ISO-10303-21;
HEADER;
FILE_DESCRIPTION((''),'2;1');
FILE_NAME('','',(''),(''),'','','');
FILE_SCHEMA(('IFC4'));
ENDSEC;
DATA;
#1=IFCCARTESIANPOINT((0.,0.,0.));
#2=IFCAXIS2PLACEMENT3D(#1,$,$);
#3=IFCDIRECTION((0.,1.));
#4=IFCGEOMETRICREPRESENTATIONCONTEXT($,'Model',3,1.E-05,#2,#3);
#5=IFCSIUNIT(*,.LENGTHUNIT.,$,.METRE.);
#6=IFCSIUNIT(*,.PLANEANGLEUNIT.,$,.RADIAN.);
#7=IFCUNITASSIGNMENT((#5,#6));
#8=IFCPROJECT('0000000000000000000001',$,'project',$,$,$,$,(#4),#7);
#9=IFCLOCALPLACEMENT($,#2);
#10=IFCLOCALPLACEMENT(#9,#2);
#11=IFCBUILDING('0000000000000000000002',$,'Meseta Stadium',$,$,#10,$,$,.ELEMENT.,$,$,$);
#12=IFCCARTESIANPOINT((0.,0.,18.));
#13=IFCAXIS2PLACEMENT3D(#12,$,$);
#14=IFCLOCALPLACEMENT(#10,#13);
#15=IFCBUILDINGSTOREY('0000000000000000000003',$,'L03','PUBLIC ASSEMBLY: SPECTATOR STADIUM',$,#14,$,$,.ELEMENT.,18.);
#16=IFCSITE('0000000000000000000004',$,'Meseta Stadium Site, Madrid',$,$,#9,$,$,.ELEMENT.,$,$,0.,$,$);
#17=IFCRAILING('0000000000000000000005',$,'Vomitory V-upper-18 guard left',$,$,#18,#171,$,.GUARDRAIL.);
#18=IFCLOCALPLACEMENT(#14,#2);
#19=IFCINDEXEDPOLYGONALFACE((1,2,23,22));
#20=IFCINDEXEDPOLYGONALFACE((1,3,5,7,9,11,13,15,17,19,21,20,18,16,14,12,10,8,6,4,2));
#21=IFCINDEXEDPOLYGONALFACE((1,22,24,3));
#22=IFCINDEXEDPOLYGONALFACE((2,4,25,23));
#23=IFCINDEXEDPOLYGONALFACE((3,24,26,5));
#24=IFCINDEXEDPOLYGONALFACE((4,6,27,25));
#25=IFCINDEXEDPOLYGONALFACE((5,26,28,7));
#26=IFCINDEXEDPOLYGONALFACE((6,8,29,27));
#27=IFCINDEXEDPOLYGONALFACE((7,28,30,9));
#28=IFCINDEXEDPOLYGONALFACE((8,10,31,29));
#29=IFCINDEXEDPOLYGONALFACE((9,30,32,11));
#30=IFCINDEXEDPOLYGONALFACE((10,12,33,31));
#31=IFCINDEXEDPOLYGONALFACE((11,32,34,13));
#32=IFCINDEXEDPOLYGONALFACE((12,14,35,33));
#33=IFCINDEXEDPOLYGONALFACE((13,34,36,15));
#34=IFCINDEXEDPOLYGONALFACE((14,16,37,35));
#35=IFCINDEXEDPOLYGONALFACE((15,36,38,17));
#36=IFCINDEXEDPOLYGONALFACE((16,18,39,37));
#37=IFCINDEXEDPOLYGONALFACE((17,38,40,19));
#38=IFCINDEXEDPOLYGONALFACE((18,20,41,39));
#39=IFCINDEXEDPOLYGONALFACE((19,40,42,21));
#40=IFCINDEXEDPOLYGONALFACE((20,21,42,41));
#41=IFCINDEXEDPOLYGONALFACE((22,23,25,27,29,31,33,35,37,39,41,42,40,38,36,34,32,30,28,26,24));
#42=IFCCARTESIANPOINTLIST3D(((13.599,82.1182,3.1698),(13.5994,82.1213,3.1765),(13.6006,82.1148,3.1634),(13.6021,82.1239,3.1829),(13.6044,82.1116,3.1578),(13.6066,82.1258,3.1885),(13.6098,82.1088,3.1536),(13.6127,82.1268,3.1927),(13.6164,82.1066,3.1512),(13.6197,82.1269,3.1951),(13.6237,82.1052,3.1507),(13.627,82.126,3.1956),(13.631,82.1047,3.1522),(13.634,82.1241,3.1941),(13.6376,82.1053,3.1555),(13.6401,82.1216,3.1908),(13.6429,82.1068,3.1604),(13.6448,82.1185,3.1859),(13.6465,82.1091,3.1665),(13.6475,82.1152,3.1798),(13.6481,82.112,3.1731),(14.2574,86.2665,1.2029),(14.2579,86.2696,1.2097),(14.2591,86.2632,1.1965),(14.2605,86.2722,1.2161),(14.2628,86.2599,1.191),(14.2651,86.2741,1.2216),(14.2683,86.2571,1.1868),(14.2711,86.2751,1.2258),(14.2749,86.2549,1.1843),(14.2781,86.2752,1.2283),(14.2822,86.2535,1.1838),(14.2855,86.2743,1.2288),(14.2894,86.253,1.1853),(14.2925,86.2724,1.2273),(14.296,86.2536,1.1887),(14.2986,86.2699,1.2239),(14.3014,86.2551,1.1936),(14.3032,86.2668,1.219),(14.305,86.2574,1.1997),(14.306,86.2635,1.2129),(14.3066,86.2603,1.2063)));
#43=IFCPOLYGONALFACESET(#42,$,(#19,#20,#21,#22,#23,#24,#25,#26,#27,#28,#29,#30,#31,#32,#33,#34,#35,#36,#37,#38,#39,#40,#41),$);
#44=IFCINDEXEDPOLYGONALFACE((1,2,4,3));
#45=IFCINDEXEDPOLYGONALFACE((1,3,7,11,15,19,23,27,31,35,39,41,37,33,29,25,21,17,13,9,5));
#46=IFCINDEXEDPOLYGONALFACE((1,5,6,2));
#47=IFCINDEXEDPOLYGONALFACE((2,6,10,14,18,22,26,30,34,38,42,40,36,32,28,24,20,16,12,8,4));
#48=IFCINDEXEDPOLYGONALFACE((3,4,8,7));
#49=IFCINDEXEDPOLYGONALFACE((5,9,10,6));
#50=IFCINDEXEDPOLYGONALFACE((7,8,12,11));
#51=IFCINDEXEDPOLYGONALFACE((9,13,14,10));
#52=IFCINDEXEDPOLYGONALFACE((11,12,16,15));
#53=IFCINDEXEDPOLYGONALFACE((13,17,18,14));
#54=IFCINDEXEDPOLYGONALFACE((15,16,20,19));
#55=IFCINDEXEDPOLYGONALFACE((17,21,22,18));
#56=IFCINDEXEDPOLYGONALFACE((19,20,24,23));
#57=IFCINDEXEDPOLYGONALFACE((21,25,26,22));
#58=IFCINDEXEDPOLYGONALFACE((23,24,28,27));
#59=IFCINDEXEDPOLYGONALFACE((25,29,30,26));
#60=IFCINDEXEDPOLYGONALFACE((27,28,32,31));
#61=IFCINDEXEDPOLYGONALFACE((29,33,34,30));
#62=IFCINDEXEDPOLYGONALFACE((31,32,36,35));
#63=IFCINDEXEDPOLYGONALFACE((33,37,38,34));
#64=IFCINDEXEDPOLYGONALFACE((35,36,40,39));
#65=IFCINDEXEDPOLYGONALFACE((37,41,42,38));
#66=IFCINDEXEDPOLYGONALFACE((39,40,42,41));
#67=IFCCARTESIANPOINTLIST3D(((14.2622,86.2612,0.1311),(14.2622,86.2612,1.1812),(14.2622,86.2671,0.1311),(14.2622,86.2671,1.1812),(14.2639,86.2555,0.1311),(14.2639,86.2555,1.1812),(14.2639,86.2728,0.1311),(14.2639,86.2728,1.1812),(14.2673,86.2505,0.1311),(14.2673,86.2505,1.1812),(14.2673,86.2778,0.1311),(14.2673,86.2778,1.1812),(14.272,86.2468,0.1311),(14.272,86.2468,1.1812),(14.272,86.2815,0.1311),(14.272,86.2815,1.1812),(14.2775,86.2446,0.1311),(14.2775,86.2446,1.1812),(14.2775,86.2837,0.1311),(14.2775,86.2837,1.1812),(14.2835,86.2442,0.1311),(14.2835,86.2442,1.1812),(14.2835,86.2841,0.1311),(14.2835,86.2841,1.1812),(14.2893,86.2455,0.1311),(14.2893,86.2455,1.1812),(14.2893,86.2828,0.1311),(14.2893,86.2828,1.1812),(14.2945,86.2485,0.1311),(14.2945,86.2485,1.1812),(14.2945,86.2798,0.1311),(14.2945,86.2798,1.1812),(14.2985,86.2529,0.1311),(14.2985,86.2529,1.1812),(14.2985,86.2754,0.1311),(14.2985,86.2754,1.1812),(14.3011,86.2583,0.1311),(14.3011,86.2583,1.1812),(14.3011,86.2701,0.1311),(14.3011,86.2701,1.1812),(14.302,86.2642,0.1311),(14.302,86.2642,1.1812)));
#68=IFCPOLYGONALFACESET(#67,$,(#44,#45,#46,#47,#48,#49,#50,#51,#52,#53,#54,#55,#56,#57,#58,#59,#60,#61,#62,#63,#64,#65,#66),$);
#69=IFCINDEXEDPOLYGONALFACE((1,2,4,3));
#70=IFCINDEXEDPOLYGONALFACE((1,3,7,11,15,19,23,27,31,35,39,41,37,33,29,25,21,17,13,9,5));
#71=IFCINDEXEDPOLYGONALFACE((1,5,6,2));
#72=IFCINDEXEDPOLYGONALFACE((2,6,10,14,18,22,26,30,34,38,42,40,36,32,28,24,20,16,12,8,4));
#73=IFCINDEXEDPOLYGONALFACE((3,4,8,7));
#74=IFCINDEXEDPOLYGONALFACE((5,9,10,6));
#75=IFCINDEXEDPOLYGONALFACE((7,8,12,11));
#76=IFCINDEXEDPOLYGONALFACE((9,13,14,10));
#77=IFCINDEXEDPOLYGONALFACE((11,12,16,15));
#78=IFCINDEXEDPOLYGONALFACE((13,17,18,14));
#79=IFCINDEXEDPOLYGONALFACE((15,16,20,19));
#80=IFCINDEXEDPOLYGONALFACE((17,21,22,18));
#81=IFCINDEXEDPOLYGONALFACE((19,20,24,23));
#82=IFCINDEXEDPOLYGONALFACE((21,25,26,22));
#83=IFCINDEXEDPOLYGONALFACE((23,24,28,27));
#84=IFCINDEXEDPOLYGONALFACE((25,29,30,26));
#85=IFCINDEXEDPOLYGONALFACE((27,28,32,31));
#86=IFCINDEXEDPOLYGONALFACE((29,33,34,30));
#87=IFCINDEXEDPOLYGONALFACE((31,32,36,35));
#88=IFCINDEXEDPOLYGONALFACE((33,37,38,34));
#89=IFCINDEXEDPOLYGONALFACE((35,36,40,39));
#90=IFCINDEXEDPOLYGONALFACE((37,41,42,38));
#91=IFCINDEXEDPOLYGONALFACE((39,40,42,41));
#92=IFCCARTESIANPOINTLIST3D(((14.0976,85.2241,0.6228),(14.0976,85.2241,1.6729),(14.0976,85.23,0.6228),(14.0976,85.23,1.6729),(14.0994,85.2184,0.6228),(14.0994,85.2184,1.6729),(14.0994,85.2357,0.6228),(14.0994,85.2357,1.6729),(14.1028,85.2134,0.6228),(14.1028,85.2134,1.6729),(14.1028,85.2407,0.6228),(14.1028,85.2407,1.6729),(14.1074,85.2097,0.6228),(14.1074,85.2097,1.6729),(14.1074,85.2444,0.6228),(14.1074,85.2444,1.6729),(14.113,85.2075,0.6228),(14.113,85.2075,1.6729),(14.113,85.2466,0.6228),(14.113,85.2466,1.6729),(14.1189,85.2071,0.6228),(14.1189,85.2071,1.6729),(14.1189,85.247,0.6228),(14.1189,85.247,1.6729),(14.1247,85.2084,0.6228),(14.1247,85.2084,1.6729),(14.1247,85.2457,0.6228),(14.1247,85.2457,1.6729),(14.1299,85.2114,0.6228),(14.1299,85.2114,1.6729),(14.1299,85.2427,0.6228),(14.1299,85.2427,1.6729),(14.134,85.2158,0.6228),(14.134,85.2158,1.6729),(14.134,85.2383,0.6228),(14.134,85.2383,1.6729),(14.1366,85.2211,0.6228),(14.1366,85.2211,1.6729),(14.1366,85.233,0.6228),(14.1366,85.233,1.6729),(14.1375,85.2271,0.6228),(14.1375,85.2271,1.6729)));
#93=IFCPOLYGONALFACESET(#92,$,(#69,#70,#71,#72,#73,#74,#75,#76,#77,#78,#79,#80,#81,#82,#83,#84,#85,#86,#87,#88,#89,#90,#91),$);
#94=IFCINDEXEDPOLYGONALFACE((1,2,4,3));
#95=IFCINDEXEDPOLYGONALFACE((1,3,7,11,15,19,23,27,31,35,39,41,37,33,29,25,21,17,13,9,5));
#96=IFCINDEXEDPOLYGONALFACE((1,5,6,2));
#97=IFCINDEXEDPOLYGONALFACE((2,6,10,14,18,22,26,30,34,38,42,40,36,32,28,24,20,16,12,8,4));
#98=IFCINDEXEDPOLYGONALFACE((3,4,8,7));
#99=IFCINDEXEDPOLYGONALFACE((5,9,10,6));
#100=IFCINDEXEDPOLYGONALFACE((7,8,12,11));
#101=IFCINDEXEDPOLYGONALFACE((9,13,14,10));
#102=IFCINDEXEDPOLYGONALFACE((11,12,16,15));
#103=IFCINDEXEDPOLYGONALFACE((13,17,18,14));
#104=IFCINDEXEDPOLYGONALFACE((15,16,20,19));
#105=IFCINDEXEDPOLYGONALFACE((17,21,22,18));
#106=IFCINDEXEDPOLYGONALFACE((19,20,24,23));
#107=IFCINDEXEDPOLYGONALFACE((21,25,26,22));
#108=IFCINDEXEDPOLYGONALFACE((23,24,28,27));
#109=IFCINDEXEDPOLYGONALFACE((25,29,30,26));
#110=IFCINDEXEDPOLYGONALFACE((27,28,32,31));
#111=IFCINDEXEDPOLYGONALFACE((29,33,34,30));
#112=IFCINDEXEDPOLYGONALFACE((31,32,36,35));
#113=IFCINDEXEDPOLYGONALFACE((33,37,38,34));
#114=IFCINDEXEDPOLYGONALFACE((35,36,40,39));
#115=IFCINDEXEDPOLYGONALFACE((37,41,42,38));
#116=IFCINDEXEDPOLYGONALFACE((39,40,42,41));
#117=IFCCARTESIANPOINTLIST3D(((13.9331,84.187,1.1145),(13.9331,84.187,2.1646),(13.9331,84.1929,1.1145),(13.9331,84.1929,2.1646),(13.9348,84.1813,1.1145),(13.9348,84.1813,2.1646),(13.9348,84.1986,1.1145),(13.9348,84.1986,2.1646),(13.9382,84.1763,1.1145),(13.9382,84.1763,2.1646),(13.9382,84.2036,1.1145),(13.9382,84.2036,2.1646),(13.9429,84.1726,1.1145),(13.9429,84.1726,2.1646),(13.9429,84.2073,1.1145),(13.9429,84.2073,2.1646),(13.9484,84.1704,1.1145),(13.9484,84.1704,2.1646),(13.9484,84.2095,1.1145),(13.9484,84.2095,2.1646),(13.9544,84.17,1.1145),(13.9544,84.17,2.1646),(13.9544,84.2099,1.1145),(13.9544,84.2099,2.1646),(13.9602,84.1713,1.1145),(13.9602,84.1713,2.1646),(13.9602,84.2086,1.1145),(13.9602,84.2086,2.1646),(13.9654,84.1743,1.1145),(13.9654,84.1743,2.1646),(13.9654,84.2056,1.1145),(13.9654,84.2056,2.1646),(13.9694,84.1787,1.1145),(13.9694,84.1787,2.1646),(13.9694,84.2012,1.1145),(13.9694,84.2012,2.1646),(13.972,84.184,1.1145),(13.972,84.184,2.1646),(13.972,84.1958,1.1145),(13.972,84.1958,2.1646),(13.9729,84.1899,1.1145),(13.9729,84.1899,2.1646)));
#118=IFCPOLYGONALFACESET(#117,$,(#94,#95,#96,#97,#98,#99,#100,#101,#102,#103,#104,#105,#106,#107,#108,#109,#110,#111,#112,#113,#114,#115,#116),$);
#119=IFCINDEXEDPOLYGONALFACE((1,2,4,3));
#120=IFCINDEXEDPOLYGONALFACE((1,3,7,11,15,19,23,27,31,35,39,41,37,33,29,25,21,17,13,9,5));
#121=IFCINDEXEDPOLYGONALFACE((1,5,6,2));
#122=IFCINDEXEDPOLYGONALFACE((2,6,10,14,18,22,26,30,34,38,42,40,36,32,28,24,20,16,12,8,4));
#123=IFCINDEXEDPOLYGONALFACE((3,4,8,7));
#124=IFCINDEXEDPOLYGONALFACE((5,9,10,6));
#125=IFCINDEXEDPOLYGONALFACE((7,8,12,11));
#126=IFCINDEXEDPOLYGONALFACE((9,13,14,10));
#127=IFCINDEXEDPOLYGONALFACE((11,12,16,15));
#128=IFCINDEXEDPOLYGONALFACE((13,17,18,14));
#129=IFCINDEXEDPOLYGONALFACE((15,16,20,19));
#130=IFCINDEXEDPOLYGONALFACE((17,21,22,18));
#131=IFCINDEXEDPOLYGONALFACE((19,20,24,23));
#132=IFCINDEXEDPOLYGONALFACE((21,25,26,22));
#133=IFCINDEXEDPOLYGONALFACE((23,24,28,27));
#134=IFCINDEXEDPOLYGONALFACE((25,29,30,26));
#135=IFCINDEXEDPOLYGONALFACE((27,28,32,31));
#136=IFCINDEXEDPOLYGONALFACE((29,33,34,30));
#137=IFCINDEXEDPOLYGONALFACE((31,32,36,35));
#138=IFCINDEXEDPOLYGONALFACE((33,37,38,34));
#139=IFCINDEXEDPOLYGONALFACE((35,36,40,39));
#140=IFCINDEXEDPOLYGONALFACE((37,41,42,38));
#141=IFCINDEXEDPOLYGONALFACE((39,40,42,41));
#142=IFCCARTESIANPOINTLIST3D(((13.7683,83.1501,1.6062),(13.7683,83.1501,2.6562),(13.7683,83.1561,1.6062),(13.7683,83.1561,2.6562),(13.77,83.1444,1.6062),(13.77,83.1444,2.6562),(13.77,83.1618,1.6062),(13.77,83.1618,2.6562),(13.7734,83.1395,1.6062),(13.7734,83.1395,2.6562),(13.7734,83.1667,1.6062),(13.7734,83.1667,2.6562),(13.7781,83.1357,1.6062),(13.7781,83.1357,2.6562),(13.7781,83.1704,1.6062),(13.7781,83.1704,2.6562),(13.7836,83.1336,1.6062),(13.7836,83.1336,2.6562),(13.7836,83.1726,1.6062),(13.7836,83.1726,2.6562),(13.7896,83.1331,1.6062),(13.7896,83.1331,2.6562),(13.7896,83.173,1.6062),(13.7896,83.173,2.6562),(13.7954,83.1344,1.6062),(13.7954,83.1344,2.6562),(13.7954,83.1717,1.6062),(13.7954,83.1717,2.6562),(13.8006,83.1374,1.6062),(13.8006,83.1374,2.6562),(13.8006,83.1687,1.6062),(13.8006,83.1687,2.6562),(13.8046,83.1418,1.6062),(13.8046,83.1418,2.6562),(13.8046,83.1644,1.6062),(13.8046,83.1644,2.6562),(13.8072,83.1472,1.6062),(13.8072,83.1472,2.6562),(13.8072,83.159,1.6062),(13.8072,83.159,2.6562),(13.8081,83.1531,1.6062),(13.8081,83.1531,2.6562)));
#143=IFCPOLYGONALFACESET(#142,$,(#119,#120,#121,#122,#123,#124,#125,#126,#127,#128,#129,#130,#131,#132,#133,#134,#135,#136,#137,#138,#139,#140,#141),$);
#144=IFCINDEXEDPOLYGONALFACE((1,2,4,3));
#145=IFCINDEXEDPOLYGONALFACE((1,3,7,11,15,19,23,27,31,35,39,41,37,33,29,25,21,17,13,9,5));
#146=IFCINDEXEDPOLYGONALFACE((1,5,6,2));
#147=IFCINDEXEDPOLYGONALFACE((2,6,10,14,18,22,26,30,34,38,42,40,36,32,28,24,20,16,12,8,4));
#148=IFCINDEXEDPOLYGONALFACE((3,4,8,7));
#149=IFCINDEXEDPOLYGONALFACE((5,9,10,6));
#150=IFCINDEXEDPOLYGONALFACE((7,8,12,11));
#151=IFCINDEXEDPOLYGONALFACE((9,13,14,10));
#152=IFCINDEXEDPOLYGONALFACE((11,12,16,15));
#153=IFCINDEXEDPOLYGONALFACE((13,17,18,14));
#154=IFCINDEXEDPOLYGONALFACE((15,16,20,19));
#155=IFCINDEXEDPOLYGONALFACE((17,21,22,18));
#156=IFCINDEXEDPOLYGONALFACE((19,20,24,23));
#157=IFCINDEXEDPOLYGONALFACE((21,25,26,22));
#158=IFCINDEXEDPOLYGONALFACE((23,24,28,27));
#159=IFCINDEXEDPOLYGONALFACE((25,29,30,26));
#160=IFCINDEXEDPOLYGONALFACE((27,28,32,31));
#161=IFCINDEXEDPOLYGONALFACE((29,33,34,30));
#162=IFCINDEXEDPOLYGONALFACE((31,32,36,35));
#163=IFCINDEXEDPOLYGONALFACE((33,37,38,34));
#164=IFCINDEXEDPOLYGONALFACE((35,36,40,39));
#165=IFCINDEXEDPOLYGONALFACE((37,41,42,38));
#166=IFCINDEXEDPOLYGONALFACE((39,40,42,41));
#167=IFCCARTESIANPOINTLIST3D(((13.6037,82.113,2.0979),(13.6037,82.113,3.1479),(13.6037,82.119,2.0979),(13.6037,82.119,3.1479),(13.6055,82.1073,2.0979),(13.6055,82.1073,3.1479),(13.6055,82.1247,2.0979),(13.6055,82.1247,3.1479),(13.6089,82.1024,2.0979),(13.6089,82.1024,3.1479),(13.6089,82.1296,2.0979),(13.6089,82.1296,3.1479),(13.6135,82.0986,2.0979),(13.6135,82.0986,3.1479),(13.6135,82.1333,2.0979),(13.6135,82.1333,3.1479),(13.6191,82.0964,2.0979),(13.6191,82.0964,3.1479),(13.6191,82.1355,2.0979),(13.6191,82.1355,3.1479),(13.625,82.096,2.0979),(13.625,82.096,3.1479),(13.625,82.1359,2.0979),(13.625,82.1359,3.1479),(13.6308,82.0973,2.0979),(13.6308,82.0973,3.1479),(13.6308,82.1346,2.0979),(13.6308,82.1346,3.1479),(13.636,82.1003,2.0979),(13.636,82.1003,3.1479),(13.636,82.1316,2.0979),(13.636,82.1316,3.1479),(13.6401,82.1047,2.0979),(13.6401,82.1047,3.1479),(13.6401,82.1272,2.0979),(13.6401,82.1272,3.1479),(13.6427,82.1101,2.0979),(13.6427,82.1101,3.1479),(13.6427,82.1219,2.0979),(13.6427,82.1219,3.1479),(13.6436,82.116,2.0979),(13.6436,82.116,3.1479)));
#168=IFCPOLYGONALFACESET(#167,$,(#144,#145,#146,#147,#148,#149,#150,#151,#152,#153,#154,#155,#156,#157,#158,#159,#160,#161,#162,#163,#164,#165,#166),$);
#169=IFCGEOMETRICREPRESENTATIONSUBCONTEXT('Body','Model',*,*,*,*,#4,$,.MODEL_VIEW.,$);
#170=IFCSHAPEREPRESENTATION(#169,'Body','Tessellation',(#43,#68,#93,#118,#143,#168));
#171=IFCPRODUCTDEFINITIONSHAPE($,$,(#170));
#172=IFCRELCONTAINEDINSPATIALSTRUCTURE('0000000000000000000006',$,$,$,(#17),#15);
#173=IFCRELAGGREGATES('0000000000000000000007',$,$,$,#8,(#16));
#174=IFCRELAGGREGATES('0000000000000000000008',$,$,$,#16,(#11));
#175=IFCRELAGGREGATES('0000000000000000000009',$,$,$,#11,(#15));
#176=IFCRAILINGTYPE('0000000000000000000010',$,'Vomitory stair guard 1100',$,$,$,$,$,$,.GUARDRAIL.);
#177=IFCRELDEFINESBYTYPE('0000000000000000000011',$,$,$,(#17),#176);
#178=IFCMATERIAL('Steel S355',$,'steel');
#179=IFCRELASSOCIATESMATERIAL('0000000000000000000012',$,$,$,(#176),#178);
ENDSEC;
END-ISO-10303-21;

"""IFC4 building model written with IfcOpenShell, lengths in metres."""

from ifc_helpers import new_model, si_unit, direction, frame, origin, origin_2d, place, context, subcontext, project, spatial, circle, extrude, material, type_object, element, save


model = new_model("IFC4")

# Units and contexts
model_context = context("Model", 3, precision=1e-05, world=origin(), true_north=direction((0.0, 1.0)))
body_context = subcontext(model_context, "Body", "Model", "MODEL_VIEW")
ifc_project = project(units=[si_unit("LENGTHUNIT", "METRE"), si_unit("PLANEANGLEUNIT", "RADIAN")], contexts=[model_context])

# Site, building, storey
site_placement = place(None, origin())
site = spatial("IfcSite", under=ifc_project, at=site_placement, Name="Meseta Stadium Site, Madrid", CompositionType="ELEMENT", RefElevation=0.0)
building_placement = place(site_placement, origin())
building = spatial("IfcBuilding", under=site, at=building_placement, Name="Meseta Stadium", CompositionType="ELEMENT")
storey_placement = place(building_placement, frame((0.0, 0.0, 18.0)))
storey = spatial("IfcBuildingStorey", under=building, at=storey_placement, Name="L03", Description="PUBLIC ASSEMBLY: SPECTATOR STADIUM", CompositionType="ELEMENT", Elevation=18.0)

# Railing
ifc_material_1 = material(Name="Steel S355", Category="steel")
railing_type_1 = type_object("IfcRailingType", Name="Vomitory stair guard 1100", PredefinedType="GUARDRAIL", material=ifc_material_1)
railing_1_placement = place(storey_placement, frame((14.282, 86.2642, 0.1311)))
element("IfcRailing", 1, at=railing_1_placement, inside=storey, type_object=railing_type_1, Name="Vomitory V-upper-18 guard left", PredefinedType="GUARDRAIL", context=body_context, shape_type="SweptSolid", body=[
    extrude(circle(Radius=0.0249, at=origin_2d()), frame((0.0, 0.0, 1.0752), z_axis=(-0.141974, -0.894428, 0.424078), x_axis=(0.987635, -0.156768, 0.0)), (0.0, 0.0, 1.0), 4.6379),
    extrude(circle(Radius=0.02, at=origin_2d()), origin(), (0.0, 0.0, 1.0), 1.05),
    extrude(circle(Radius=0.02, at=origin_2d()), frame((-0.1646, -1.0371, 0.4917)), (0.0, 0.0, 1.0), 1.05),
    extrude(circle(Radius=0.02, at=origin_2d()), frame((-0.3291, -2.0742, 0.9834)), (0.0, 0.0, 1.0), 1.05),
    extrude(circle(Radius=0.02, at=origin_2d()), frame((-0.4939, -3.1111, 1.4751)), (0.0, 0.0, 1.0), 1.05),
    extrude(circle(Radius=0.02, at=origin_2d()), frame((-0.6584, -4.1482, 1.9668)), (0.0, 0.0, 1.0), 1.05),
])

save(model, "model.ifc")
